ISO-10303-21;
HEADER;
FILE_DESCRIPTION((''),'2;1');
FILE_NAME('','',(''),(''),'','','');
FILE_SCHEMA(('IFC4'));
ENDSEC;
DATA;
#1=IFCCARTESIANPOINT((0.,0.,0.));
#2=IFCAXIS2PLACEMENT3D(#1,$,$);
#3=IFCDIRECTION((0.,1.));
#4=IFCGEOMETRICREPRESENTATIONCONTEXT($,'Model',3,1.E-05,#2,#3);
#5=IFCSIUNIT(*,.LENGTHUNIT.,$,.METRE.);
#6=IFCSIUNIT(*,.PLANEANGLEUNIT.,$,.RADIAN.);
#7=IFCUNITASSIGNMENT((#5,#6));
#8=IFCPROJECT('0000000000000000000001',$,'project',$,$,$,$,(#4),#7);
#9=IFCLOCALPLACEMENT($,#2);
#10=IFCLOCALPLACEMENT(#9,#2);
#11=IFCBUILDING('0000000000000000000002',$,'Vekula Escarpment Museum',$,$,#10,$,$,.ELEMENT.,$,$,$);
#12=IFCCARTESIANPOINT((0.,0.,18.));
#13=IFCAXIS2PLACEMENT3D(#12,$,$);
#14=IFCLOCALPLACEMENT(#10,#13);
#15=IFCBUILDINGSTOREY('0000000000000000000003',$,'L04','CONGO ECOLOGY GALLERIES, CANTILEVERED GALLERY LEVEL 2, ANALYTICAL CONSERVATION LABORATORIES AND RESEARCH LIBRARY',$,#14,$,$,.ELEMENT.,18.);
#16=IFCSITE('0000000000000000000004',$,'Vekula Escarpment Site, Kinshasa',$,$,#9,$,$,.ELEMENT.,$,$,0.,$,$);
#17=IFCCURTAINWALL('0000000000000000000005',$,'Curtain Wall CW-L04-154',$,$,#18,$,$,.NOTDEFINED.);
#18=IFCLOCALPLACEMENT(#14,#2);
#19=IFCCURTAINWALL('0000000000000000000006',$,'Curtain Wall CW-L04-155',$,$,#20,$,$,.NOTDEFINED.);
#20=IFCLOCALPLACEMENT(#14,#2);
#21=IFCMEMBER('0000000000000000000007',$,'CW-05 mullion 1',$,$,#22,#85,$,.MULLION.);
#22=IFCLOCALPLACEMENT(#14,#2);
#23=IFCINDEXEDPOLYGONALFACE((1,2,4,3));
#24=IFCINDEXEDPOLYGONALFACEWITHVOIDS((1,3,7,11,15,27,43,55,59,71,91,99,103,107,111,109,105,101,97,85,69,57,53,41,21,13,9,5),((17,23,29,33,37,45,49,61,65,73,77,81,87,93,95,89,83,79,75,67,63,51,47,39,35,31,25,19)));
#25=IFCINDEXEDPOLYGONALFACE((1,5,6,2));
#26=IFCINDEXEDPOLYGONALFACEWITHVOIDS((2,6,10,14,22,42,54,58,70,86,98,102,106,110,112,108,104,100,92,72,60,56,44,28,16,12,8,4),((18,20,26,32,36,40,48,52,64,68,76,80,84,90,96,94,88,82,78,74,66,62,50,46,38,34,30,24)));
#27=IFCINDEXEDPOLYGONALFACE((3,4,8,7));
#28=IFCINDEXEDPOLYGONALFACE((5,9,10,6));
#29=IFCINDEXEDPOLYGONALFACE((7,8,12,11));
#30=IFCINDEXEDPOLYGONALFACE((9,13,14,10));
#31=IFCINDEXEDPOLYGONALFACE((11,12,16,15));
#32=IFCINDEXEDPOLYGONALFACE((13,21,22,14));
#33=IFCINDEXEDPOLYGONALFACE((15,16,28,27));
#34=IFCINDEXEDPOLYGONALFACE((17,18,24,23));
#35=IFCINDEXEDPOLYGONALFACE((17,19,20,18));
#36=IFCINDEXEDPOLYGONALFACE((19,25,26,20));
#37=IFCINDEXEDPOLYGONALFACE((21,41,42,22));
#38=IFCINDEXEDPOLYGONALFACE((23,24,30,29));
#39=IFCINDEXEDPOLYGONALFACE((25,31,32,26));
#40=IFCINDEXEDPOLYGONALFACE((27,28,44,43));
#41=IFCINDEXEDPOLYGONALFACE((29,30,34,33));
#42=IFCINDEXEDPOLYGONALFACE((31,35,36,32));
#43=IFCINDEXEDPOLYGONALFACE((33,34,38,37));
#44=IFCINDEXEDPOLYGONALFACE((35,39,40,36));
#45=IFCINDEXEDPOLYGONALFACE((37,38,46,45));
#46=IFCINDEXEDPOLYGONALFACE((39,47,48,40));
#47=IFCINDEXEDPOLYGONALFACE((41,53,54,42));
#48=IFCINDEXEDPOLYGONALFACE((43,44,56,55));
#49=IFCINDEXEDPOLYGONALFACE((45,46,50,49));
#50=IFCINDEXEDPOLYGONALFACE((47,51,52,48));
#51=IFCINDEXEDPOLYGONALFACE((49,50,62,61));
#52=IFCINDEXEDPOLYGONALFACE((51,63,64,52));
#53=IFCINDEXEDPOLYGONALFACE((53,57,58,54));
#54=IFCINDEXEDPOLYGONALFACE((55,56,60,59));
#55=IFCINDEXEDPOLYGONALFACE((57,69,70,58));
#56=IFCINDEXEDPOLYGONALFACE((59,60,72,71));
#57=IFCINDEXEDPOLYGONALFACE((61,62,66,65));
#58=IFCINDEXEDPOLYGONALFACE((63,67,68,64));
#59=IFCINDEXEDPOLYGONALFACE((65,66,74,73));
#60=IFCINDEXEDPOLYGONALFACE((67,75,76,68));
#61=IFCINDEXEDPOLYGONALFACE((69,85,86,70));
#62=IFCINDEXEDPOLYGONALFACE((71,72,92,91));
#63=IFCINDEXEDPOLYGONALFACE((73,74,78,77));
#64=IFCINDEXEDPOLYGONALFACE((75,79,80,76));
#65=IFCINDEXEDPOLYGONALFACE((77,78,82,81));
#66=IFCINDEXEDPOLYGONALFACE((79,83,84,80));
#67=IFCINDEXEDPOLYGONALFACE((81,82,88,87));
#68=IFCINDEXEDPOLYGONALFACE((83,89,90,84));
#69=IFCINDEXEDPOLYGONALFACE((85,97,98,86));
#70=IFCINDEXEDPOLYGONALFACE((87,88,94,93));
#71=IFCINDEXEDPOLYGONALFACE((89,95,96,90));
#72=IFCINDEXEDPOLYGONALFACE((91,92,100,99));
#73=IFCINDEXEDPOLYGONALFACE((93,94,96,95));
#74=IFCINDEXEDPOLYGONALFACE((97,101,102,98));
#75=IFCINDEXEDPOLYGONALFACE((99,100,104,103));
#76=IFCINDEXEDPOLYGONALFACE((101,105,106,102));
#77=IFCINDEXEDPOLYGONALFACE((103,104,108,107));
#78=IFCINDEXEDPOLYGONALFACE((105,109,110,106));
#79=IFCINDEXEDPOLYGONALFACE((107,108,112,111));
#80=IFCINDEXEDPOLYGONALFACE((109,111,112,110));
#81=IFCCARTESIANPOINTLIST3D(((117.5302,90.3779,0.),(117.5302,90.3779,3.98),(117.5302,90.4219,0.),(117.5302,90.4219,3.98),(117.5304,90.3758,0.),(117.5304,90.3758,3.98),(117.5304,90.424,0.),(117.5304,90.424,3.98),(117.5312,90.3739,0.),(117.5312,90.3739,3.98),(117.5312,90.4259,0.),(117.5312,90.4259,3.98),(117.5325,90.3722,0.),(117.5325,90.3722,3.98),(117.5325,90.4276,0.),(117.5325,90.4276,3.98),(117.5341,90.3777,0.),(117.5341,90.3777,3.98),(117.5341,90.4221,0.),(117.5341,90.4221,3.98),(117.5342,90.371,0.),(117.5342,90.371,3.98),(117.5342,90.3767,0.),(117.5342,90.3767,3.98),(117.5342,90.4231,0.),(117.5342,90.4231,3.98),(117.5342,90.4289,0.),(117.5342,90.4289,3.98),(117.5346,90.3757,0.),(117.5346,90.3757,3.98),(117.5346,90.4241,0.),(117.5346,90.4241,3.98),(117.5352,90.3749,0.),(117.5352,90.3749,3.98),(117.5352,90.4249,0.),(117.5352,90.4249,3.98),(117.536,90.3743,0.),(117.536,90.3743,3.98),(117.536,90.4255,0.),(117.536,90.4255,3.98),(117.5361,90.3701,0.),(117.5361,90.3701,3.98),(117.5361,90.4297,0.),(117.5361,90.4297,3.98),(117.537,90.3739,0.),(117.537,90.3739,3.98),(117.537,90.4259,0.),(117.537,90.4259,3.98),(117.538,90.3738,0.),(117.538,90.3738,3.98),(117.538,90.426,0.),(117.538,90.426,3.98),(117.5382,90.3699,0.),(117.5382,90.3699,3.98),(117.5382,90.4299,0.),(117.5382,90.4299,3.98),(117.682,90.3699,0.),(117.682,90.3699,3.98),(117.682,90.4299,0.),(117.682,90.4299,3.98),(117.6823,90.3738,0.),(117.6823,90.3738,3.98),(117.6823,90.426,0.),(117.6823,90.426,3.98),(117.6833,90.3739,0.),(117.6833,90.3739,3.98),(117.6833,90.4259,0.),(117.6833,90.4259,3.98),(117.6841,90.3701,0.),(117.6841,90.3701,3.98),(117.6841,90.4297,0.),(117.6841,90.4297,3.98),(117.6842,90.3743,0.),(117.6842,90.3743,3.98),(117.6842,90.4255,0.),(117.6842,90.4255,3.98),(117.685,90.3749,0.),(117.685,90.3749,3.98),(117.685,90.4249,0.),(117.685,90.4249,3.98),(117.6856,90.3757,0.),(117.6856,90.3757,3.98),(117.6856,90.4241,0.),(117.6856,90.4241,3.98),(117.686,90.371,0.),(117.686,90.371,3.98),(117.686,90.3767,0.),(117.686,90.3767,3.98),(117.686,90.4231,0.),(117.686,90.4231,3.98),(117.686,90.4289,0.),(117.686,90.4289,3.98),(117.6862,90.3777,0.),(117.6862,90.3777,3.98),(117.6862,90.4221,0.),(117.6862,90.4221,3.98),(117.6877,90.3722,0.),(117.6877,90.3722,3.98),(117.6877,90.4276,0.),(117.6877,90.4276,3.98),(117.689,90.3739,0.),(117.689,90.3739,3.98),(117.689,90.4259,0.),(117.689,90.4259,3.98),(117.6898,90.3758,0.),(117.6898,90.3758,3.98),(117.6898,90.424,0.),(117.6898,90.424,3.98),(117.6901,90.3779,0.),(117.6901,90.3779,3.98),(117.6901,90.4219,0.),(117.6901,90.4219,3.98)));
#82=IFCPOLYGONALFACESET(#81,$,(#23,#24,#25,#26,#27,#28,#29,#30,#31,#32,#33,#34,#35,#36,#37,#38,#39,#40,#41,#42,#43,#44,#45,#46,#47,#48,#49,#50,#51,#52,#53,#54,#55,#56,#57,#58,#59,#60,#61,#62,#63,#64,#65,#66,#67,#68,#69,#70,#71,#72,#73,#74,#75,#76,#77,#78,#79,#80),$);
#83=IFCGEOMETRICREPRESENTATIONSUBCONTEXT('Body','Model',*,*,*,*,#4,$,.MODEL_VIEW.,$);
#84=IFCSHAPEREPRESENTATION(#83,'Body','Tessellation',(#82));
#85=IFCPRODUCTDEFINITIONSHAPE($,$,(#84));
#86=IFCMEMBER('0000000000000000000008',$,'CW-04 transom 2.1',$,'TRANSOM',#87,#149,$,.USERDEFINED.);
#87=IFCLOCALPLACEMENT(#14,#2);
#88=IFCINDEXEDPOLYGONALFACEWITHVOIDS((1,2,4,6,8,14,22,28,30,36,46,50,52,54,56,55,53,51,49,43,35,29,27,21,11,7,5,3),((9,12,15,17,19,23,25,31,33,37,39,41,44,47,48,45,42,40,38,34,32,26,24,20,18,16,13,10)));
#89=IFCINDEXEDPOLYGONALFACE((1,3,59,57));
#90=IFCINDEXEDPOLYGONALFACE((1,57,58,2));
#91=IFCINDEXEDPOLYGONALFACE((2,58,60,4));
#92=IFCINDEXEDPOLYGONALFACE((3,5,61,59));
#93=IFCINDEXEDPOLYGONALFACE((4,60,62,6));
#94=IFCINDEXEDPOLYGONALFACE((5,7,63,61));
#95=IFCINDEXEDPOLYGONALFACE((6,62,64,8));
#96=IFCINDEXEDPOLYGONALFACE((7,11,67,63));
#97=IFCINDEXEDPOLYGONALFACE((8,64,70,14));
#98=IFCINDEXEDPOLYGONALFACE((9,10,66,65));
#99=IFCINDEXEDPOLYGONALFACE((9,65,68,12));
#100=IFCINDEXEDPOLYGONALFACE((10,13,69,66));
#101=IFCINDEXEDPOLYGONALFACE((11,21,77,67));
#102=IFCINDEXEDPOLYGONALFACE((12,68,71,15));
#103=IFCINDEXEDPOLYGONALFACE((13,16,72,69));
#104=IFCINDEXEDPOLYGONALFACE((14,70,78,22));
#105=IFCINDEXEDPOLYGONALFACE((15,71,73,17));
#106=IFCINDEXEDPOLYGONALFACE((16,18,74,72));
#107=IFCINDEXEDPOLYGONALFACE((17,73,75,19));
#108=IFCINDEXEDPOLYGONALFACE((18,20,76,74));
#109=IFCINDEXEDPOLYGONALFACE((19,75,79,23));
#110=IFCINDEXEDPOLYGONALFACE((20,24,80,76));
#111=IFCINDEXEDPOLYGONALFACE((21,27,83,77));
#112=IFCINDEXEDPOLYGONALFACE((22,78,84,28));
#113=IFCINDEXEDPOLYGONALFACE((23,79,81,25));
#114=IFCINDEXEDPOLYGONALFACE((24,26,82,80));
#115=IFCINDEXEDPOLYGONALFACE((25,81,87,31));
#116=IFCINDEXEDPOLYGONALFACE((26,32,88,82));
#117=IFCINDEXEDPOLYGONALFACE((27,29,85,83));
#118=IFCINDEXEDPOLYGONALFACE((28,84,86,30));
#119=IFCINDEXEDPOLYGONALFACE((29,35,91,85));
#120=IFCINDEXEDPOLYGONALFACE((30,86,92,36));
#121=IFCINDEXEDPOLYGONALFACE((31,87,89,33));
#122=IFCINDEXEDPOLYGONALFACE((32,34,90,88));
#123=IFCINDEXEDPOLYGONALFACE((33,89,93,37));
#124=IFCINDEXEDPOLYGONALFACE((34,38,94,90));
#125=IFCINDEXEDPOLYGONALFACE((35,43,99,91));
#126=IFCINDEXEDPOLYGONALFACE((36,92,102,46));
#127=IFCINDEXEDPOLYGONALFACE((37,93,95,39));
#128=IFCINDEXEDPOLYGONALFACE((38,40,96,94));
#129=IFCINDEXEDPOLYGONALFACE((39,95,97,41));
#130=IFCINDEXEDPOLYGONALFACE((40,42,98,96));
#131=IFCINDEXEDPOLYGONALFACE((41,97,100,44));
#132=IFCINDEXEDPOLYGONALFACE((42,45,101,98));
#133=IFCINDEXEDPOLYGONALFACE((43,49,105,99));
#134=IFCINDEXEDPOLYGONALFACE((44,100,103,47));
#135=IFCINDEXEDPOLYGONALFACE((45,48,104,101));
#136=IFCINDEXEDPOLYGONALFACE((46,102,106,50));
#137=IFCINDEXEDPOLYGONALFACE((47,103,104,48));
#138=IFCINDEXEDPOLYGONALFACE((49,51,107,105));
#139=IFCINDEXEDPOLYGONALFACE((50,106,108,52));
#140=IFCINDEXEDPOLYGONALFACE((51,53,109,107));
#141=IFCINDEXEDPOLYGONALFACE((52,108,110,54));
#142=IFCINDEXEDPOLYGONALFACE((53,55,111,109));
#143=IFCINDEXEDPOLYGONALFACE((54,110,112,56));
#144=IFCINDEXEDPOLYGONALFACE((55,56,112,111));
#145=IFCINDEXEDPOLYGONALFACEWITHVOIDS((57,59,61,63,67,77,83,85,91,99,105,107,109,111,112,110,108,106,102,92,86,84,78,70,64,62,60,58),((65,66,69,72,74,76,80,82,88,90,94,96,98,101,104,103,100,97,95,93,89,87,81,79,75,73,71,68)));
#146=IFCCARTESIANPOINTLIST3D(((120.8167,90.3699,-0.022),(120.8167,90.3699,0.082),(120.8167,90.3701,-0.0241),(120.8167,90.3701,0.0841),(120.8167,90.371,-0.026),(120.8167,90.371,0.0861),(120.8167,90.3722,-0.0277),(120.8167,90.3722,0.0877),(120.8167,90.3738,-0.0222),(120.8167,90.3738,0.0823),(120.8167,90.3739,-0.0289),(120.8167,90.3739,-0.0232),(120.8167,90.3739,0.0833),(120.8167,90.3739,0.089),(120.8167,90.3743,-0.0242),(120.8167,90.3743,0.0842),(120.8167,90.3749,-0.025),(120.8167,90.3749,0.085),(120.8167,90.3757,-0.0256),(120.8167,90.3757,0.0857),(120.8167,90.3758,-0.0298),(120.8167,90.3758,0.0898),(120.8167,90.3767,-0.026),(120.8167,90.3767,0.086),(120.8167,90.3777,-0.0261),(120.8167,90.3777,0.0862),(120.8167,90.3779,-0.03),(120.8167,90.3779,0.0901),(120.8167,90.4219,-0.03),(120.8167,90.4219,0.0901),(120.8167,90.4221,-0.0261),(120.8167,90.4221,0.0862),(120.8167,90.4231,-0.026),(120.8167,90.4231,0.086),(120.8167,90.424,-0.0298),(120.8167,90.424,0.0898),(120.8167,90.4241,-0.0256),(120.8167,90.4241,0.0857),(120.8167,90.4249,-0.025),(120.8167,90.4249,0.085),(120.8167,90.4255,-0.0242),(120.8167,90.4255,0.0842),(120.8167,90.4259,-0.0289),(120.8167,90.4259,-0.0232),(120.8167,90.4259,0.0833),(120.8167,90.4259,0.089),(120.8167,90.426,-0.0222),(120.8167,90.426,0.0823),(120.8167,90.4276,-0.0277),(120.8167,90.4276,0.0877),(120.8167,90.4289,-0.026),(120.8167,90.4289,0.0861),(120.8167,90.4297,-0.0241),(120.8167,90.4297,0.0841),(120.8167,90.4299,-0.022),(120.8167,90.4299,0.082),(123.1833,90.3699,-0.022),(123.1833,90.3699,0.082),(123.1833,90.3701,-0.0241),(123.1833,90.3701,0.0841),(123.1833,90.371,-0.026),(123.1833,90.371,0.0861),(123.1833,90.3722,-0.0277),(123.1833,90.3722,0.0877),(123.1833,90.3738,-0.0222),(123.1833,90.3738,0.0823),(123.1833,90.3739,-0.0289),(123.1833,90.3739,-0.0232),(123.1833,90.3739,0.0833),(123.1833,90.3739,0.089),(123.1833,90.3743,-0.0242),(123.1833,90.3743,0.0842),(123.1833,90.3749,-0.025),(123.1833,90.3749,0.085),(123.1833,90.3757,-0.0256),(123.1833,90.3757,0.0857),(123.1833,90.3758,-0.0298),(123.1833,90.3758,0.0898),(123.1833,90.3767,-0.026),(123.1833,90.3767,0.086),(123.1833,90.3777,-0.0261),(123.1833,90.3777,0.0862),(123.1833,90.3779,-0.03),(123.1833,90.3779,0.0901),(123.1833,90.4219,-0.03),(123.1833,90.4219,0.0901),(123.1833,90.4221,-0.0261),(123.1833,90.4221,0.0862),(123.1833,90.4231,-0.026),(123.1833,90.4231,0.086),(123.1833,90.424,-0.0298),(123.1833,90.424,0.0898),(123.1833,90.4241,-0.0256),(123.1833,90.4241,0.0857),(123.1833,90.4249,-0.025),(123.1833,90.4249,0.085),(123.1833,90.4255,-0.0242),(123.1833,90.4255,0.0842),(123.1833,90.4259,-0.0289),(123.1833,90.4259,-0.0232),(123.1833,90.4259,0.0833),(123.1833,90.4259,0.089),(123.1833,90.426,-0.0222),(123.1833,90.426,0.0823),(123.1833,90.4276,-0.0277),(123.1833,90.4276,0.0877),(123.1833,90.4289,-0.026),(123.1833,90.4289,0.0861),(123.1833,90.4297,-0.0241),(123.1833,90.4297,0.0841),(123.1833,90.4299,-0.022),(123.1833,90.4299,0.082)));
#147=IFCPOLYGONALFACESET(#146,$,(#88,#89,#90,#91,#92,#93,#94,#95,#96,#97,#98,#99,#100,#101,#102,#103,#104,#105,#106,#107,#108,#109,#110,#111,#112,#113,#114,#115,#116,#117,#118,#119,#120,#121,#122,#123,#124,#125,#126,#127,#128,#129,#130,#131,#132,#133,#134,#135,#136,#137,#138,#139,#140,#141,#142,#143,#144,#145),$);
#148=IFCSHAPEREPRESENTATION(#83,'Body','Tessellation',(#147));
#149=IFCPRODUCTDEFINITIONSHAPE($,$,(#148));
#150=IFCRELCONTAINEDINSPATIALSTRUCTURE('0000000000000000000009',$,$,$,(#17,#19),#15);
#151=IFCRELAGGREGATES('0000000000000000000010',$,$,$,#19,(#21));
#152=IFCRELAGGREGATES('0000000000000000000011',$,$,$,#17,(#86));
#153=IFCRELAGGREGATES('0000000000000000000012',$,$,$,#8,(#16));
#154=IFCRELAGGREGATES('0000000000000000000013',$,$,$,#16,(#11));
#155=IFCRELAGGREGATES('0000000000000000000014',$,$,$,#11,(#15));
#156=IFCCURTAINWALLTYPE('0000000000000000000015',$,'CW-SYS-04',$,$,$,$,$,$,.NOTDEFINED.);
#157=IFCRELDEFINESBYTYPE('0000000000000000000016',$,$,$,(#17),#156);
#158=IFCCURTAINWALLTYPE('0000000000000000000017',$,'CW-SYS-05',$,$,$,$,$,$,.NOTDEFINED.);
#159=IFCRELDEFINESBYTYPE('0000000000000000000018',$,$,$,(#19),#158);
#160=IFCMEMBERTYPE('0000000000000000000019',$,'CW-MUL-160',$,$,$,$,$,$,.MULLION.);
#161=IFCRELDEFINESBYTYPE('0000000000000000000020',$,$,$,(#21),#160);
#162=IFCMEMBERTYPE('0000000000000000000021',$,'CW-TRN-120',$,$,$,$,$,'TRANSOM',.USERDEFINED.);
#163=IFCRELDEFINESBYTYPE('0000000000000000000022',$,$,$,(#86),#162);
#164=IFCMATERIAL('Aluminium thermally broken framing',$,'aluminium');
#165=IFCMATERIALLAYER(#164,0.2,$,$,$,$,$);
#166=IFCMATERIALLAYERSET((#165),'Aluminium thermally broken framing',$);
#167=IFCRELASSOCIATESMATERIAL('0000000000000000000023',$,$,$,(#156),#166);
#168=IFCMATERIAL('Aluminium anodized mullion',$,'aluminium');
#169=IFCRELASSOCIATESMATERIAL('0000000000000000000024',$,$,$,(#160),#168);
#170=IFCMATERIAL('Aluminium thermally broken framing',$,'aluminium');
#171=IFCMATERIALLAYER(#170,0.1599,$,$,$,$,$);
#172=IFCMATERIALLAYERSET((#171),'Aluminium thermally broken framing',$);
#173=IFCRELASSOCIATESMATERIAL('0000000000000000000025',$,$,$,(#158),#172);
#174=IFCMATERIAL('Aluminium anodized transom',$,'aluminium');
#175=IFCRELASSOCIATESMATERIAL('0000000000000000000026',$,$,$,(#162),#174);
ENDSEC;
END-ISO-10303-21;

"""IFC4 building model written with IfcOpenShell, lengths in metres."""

from ifc_helpers import new_model, si_unit, direction, frame, origin, origin_2d, place, context, subcontext, project, spatial, hollow_rectangle, extrude, material, layer, layer_set, material_profile, profile_set, type_object, element, aggregate, save


model = new_model("IFC4")

# Units and contexts
model_context = context("Model", 3, precision=1e-05, world=origin(), true_north=direction((0.0, 1.0)))
body_context = subcontext(model_context, "Body", "Model", "MODEL_VIEW")
ifc_project = project(units=[si_unit("LENGTHUNIT", "METRE"), si_unit("PLANEANGLEUNIT", "RADIAN")], contexts=[model_context])

# Site, building, storey
site_placement = place(None, origin())
site = spatial("IfcSite", under=ifc_project, at=site_placement, Name="Vekula Escarpment Site, Kinshasa", CompositionType="ELEMENT", RefElevation=0.0)
building_placement = place(site_placement, origin())
building = spatial("IfcBuilding", under=site, at=building_placement, Name="Vekula Escarpment Museum", CompositionType="ELEMENT")
storey_placement = place(building_placement, frame((0.0, 0.0, 18.0)))
storey = spatial("IfcBuildingStorey", under=building, at=storey_placement, Name="L04", Description="CONGO ECOLOGY GALLERIES, CANTILEVERED GALLERY LEVEL 2, ANALYTICAL CONSERVATION LABORATORIES AND RESEARCH LIBRARY", CompositionType="ELEMENT", Elevation=18.0)

# Curtain wall
ifc_material_1 = material(Name="Aluminium thermally broken framing", Category="aluminium")
ifc_layer_1 = layer(ifc_material_1, 0.2)
ifc_layer_set_1 = layer_set([ifc_layer_1], Name="Aluminium thermally broken framing")
curtain_wall_type_1 = type_object("IfcCurtainWallType", Name="CW-SYS-04", PredefinedType="NOTDEFINED", material=ifc_layer_set_1)
curtain_wall_1_placement = place(storey_placement, origin())
curtain_wall_1 = element("IfcCurtainWall", 1, at=curtain_wall_1_placement, inside=storey, type_object=curtain_wall_type_1, Name="Curtain Wall CW-L04-154", PredefinedType="NOTDEFINED")
ifc_material_2 = material(Name="Aluminium anodized mullion", Category="aluminium")
ifc_material_profile_1 = material_profile(ifc_material_2, hollow_rectangle(XDim=0.0601, YDim=0.1599, WallThickness=0.0039, InnerFilletRadius=0.0039, OuterFilletRadius=0.0081, at=origin_2d()), Name="ALU 160x60x4")
ifc_profile_set_1 = profile_set([ifc_material_profile_1], Name="Aluminium anodized mullion")
member_type_1 = type_object("IfcMemberType", Name="CW-MUL-160", PredefinedType="MULLION", material=ifc_profile_set_1)

# Curtain wall, member
ifc_material_3 = material(Name="Aluminium thermally broken framing", Category="aluminium")
ifc_layer_2 = layer(ifc_material_3, 0.1599)
ifc_layer_set_2 = layer_set([ifc_layer_2], Name="Aluminium thermally broken framing")
curtain_wall_type_2 = type_object("IfcCurtainWallType", Name="CW-SYS-05", PredefinedType="NOTDEFINED", material=ifc_layer_set_2)
curtain_wall_2_placement = place(storey_placement, origin())
curtain_wall_2 = element("IfcCurtainWall", 2, at=curtain_wall_2_placement, inside=storey, type_object=curtain_wall_type_2, Name="Curtain Wall CW-L04-155", PredefinedType="NOTDEFINED")
member_1_placement = place(storey_placement, frame((117.6101, 90.3999, 0.0), z_axis=(0.0, 0.0, 1.0), x_axis=(0.0, -1.0, 0.0)))
member_1 = element("IfcMember", 3, at=member_1_placement, type_object=member_type_1, Name="CW-05 mullion 1", PredefinedType="MULLION", context=body_context, shape_type="SweptSolid", body=[
    extrude(hollow_rectangle(XDim=0.0601, YDim=0.1599, WallThickness=0.0039, InnerFilletRadius=0.0039, OuterFilletRadius=0.0081, at=origin_2d()), origin(), (0.0, 0.0, 1.0), 3.98),
])

# Member
ifc_material_4 = material(Name="Aluminium anodized transom", Category="aluminium")
ifc_material_profile_2 = material_profile(ifc_material_4, hollow_rectangle(XDim=0.0601, YDim=0.1201, WallThickness=0.0039, InnerFilletRadius=0.0039, OuterFilletRadius=0.0081, at=origin_2d()), Name="ALU 120x60x4")
ifc_profile_set_2 = profile_set([ifc_material_profile_2], Name="Aluminium anodized transom")
member_type_2 = type_object("IfcMemberType", Name="CW-TRN-120", ElementType="TRANSOM", PredefinedType="USERDEFINED", material=ifc_profile_set_2)
member_2_placement = place(storey_placement, frame((123.1833, 90.3999, 0.03), z_axis=(-1.0, 0.0, 0.0), x_axis=(0.0, -1.0, 0.0)))
member_2 = element("IfcMember", 4, at=member_2_placement, type_object=member_type_2, Name="CW-04 transom 2.1", ObjectType="TRANSOM", PredefinedType="USERDEFINED", context=body_context, shape_type="SweptSolid", body=[
    extrude(hollow_rectangle(XDim=0.0601, YDim=0.1201, WallThickness=0.0039, InnerFilletRadius=0.0039, OuterFilletRadius=0.0081, at=origin_2d()), origin(), (0.0, 0.0, 1.0), 2.3667),
])
aggregate(curtain_wall_2, [member_1])

aggregate(curtain_wall_1, [member_2])

save(model, "model.ifc")
